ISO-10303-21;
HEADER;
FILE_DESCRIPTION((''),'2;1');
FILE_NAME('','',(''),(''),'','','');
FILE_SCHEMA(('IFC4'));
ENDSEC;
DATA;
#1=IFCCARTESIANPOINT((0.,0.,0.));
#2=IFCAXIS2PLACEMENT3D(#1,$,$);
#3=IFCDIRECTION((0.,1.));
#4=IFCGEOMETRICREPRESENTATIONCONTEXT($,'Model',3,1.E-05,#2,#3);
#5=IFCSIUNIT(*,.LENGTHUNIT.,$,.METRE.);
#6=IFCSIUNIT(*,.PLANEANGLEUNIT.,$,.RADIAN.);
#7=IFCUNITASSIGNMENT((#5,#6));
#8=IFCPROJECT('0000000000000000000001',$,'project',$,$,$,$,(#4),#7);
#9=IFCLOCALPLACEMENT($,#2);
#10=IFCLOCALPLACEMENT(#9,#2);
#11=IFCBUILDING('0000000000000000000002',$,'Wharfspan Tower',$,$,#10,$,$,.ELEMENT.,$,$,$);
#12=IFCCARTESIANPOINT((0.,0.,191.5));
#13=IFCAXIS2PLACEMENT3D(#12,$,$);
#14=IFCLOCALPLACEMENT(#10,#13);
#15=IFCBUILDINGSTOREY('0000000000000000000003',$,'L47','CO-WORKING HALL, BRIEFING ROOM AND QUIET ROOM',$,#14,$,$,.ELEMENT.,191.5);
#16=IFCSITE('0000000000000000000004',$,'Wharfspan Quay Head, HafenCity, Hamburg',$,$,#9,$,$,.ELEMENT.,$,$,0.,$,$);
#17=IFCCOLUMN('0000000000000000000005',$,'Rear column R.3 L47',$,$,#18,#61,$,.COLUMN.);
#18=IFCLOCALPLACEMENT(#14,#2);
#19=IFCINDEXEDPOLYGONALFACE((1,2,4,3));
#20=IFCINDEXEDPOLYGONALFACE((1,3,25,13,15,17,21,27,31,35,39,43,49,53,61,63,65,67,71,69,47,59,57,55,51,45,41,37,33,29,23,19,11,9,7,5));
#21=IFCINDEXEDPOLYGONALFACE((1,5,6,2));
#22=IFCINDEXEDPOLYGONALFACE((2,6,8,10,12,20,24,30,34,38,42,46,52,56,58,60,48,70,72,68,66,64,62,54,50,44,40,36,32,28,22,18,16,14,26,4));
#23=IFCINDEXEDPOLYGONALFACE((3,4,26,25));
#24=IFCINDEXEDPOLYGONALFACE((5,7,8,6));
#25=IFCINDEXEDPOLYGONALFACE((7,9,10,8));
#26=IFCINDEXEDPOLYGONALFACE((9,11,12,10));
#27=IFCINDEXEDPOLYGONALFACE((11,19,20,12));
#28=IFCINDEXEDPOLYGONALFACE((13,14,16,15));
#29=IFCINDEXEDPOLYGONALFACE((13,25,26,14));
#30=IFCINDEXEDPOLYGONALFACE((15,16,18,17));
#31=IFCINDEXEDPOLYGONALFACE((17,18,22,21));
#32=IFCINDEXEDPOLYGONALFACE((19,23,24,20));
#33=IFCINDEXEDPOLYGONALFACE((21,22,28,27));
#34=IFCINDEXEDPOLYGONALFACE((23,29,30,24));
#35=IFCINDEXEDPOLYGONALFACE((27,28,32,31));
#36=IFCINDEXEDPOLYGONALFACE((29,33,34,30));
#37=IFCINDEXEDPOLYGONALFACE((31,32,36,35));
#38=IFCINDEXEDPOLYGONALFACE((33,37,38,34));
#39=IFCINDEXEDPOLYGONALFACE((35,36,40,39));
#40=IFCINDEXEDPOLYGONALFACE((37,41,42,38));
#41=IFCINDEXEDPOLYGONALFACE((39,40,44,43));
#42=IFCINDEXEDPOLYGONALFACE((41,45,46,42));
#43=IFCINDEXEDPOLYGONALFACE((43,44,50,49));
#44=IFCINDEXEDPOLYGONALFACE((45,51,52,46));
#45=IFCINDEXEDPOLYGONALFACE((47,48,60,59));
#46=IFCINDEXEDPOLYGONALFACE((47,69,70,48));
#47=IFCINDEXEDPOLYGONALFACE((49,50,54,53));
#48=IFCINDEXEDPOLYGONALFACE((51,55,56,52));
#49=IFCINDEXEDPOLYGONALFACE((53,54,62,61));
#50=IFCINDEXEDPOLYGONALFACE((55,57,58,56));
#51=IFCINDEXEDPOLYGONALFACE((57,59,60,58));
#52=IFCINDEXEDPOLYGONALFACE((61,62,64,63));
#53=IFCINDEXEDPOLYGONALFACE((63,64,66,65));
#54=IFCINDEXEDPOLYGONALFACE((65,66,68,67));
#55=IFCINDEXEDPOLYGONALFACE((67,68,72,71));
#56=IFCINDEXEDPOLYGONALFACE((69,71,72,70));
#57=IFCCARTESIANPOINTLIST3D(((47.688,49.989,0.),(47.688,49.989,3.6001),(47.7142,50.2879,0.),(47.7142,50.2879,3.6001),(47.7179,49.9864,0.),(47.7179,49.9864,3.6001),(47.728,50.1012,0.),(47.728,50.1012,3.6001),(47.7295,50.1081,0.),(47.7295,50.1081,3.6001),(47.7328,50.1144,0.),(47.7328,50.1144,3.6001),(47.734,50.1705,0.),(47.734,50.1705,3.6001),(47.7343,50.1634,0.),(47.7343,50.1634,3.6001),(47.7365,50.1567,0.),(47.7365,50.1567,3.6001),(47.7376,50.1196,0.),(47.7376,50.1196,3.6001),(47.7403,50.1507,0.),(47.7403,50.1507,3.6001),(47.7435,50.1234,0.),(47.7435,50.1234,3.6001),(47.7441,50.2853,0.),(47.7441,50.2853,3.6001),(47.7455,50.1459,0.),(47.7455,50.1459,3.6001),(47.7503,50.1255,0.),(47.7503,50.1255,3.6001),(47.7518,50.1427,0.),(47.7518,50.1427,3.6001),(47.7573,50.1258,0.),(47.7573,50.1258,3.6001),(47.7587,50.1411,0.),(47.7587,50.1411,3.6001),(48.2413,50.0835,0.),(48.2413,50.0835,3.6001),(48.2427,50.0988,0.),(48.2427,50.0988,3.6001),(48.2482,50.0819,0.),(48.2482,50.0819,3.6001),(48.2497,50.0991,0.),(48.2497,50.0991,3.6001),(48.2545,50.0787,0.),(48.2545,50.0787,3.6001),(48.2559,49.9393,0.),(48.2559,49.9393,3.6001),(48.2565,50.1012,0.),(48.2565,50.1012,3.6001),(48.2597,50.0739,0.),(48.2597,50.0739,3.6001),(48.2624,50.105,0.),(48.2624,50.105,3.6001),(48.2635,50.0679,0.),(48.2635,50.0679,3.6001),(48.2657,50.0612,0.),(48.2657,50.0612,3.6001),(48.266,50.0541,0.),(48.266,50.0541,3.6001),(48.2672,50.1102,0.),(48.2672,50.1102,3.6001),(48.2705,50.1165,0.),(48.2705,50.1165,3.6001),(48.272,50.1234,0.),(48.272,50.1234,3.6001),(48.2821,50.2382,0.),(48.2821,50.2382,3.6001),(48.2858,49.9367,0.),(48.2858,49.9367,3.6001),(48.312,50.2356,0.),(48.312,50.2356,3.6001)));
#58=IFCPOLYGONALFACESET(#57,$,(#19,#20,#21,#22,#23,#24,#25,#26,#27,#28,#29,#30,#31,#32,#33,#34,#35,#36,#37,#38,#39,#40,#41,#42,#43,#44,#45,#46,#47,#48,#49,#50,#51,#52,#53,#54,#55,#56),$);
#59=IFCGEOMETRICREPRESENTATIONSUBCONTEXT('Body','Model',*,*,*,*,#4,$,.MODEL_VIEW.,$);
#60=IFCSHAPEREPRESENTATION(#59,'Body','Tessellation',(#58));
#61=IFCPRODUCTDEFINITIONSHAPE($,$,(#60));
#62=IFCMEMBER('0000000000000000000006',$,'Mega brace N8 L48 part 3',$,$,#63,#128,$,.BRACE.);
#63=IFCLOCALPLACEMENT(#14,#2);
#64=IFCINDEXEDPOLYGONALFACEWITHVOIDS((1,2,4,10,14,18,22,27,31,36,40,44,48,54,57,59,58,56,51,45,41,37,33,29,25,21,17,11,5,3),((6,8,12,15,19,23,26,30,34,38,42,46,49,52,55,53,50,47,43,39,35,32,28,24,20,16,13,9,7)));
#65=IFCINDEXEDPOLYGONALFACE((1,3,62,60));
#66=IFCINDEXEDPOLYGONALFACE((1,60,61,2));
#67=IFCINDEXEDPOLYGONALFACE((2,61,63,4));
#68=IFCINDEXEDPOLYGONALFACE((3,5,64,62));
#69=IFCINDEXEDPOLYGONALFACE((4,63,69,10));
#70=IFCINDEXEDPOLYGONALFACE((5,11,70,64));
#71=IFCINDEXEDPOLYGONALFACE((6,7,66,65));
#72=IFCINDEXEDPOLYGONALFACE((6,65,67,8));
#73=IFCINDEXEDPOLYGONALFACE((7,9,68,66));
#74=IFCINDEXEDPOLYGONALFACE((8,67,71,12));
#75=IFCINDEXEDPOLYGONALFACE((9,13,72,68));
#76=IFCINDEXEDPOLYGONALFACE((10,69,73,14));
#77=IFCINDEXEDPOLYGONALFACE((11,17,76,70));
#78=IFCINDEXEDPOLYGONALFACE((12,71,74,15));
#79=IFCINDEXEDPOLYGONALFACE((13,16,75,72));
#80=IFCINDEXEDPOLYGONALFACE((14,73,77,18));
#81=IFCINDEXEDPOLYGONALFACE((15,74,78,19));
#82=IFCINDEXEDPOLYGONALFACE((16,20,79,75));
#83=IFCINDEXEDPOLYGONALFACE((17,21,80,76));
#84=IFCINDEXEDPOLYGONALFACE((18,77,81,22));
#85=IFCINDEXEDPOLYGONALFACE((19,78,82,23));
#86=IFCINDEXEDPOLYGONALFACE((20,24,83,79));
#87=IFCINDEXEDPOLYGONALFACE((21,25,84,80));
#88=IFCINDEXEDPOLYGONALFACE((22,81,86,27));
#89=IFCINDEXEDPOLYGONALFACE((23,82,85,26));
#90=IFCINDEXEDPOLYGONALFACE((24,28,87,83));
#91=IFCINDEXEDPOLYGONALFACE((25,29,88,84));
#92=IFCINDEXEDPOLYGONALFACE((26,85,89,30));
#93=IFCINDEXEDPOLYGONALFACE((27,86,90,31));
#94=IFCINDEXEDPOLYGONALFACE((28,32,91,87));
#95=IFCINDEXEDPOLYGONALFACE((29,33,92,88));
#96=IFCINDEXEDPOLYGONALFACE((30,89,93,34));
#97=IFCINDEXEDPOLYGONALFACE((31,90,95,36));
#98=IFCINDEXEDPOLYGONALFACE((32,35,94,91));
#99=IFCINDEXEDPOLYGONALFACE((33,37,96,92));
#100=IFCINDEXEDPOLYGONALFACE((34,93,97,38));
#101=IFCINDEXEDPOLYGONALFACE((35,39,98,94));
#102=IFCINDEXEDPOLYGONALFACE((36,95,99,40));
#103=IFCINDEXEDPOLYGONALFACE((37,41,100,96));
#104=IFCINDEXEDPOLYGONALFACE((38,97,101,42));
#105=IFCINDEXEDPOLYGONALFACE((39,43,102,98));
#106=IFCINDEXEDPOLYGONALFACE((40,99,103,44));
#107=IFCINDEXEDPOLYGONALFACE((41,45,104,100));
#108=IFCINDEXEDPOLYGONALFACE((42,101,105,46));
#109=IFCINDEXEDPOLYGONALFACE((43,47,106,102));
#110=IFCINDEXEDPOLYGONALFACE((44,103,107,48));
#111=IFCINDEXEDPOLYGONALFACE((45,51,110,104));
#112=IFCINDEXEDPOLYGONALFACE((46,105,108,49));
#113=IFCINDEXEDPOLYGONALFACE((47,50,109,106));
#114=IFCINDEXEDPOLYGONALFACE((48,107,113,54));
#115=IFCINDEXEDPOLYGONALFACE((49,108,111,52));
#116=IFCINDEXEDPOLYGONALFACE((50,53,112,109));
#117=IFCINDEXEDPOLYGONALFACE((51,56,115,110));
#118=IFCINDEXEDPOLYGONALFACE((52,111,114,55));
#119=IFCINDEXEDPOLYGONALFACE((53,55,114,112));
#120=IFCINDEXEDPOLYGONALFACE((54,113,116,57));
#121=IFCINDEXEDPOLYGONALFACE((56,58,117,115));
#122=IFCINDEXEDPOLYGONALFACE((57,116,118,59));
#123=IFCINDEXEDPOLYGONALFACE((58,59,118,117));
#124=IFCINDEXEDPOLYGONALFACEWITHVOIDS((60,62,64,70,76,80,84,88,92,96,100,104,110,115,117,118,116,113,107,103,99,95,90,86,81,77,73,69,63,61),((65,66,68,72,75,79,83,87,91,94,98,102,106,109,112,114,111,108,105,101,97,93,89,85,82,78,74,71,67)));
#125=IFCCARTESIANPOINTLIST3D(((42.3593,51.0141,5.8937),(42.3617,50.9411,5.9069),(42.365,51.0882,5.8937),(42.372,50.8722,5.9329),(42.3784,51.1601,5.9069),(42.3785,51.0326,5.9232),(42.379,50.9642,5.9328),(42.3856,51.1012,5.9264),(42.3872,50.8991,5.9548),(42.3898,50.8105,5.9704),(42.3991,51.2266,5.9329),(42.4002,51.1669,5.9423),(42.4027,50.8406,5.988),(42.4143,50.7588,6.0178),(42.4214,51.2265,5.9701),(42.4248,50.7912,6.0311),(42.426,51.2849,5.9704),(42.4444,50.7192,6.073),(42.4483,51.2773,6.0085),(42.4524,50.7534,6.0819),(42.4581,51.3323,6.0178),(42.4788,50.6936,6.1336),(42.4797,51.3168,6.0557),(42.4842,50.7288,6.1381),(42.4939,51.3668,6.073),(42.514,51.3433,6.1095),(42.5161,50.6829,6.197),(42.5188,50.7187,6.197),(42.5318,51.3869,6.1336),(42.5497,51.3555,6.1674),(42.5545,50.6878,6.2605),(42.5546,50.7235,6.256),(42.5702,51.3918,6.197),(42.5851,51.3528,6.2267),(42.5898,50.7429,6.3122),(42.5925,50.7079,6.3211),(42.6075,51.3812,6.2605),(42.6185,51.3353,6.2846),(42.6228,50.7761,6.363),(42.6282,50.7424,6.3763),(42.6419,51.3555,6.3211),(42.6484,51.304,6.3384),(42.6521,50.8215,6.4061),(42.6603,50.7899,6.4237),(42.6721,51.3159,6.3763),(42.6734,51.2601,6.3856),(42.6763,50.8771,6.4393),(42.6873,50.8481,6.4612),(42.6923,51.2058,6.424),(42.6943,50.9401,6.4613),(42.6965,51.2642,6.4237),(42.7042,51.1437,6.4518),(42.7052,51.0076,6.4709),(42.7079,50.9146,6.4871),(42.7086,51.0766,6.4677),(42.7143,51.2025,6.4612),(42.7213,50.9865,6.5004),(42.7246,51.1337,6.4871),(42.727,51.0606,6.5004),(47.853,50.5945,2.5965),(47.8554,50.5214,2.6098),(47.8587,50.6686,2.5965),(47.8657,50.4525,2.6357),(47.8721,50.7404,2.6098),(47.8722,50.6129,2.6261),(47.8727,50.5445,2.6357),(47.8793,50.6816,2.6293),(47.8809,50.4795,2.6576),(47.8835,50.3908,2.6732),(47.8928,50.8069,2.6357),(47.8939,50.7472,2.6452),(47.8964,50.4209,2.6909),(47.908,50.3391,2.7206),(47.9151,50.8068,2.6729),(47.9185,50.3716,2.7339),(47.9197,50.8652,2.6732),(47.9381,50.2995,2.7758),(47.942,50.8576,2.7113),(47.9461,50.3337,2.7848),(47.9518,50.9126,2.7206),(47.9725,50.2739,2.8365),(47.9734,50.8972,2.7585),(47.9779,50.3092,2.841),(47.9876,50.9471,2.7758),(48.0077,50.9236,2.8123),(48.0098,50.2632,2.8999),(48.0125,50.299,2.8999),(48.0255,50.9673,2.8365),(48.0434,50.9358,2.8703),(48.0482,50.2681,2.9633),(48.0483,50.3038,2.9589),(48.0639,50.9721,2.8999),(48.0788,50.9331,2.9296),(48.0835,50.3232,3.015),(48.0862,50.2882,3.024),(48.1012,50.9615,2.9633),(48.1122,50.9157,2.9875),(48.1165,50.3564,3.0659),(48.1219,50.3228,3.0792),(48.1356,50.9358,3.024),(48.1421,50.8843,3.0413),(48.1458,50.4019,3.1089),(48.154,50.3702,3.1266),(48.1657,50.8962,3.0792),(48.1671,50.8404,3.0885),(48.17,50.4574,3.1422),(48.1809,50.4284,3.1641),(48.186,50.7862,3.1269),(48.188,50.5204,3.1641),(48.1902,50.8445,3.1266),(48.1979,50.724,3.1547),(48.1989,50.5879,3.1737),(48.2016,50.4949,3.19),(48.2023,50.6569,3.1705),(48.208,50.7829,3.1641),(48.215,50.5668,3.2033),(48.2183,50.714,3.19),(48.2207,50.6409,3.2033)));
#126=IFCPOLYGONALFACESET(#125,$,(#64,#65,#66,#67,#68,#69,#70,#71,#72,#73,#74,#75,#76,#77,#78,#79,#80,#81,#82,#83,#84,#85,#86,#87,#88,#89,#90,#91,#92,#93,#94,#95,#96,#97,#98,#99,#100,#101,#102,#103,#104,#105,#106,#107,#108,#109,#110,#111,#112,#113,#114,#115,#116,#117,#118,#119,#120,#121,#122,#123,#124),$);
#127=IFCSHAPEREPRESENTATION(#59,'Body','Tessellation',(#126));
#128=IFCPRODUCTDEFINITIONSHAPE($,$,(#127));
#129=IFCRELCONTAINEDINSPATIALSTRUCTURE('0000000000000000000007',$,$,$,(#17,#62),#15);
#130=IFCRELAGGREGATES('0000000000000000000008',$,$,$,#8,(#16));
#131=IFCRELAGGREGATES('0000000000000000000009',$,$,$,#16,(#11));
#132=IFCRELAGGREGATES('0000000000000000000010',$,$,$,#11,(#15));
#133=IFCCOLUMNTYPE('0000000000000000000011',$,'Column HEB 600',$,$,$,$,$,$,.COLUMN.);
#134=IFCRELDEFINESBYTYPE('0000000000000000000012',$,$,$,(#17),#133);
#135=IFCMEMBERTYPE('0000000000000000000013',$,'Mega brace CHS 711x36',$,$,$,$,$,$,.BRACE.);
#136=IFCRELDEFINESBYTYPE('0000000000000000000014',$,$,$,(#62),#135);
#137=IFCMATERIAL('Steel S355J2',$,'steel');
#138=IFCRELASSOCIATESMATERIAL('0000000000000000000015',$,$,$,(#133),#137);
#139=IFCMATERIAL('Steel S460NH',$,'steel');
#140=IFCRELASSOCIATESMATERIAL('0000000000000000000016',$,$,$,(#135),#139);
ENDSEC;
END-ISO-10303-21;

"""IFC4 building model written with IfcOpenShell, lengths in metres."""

from ifc_helpers import new_model, si_unit, direction, frame, origin, origin_2d, place, context, subcontext, project, spatial, hollow_circle, i_section, extrude, material, material_profile, profile_set, type_object, element, save


model = new_model("IFC4")

# Units and contexts
model_context = context("Model", 3, precision=1e-05, world=origin(), true_north=direction((0.0, 1.0)))
body_context = subcontext(model_context, "Body", "Model", "MODEL_VIEW")
ifc_project = project(units=[si_unit("LENGTHUNIT", "METRE"), si_unit("PLANEANGLEUNIT", "RADIAN")], contexts=[model_context])

# Site, building, storey
site_placement = place(None, origin())
site = spatial("IfcSite", under=ifc_project, at=site_placement, Name="Wharfspan Quay Head, HafenCity, Hamburg", CompositionType="ELEMENT", RefElevation=0.0)
building_placement = place(site_placement, origin())
building = spatial("IfcBuilding", under=site, at=building_placement, Name="Wharfspan Tower", CompositionType="ELEMENT")
storey_placement = place(building_placement, frame((0.0, 0.0, 191.5)))
storey = spatial("IfcBuildingStorey", under=building, at=storey_placement, Name="L47", Description="CO-WORKING HALL, BRIEFING ROOM AND QUIET ROOM", CompositionType="ELEMENT", Elevation=191.5)

# Column
ifc_material_1 = material(Name="Steel S355J2", Category="steel")
ifc_material_profile_1 = material_profile(ifc_material_1, i_section(OverallWidth=0.3, OverallDepth=0.6001, WebThickness=0.0154, FlangeThickness=0.03, FilletRadius=0.0271, at=origin_2d()))
ifc_profile_set_1 = profile_set([ifc_material_profile_1], Name="Steel S355J2")
column_type = type_object("IfcColumnType", Name="Column HEB 600", PredefinedType="COLUMN", material=ifc_profile_set_1)
column_placement = place(storey_placement, frame((48.0, 50.1123, 0.0), z_axis=(0.0, 0.0, 1.0), x_axis=(0.087156, 0.996198, 0.0)))
element("IfcColumn", 1, at=column_placement, inside=storey, type_object=column_type, Name="Rear column R.3 L47", PredefinedType="COLUMN", context=body_context, shape_type="SweptSolid", body=[
    extrude(i_section(OverallWidth=0.3, OverallDepth=0.6001, WebThickness=0.0154, FlangeThickness=0.03, FilletRadius=0.0271, at=origin_2d()), origin(), (0.0, 0.0, 1.0), 3.6001),
])

# Member
ifc_material_2 = material(Name="Steel S460NH", Category="steel")
ifc_material_profile_2 = material_profile(ifc_material_2, hollow_circle(Radius=0.3555, WallThickness=0.0359, at=origin_2d()))
ifc_profile_set_2 = profile_set([ifc_material_profile_2], Name="Steel S460NH")
member_type = type_object("IfcMemberType", Name="Mega brace CHS 711x36", PredefinedType="BRACE", material=ifc_profile_set_2)
member_placement = place(storey_placement, frame((48.0369, 50.6177, 2.8999), z_axis=(-0.855596, 0.065362, 0.513502), x_axis=(-0.076171, -0.997095, 0.000001)))
element("IfcMember", 2, at=member_placement, inside=storey, type_object=member_type, Name="Mega brace N8 L48 part 3", PredefinedType="BRACE", context=body_context, shape_type="SweptSolid", body=[
    extrude(hollow_circle(Radius=0.3555, WallThickness=0.0359, at=origin_2d()), origin(), (0.0, 0.0, 1.0), 6.4209),
])

save(model, "model.ifc")
